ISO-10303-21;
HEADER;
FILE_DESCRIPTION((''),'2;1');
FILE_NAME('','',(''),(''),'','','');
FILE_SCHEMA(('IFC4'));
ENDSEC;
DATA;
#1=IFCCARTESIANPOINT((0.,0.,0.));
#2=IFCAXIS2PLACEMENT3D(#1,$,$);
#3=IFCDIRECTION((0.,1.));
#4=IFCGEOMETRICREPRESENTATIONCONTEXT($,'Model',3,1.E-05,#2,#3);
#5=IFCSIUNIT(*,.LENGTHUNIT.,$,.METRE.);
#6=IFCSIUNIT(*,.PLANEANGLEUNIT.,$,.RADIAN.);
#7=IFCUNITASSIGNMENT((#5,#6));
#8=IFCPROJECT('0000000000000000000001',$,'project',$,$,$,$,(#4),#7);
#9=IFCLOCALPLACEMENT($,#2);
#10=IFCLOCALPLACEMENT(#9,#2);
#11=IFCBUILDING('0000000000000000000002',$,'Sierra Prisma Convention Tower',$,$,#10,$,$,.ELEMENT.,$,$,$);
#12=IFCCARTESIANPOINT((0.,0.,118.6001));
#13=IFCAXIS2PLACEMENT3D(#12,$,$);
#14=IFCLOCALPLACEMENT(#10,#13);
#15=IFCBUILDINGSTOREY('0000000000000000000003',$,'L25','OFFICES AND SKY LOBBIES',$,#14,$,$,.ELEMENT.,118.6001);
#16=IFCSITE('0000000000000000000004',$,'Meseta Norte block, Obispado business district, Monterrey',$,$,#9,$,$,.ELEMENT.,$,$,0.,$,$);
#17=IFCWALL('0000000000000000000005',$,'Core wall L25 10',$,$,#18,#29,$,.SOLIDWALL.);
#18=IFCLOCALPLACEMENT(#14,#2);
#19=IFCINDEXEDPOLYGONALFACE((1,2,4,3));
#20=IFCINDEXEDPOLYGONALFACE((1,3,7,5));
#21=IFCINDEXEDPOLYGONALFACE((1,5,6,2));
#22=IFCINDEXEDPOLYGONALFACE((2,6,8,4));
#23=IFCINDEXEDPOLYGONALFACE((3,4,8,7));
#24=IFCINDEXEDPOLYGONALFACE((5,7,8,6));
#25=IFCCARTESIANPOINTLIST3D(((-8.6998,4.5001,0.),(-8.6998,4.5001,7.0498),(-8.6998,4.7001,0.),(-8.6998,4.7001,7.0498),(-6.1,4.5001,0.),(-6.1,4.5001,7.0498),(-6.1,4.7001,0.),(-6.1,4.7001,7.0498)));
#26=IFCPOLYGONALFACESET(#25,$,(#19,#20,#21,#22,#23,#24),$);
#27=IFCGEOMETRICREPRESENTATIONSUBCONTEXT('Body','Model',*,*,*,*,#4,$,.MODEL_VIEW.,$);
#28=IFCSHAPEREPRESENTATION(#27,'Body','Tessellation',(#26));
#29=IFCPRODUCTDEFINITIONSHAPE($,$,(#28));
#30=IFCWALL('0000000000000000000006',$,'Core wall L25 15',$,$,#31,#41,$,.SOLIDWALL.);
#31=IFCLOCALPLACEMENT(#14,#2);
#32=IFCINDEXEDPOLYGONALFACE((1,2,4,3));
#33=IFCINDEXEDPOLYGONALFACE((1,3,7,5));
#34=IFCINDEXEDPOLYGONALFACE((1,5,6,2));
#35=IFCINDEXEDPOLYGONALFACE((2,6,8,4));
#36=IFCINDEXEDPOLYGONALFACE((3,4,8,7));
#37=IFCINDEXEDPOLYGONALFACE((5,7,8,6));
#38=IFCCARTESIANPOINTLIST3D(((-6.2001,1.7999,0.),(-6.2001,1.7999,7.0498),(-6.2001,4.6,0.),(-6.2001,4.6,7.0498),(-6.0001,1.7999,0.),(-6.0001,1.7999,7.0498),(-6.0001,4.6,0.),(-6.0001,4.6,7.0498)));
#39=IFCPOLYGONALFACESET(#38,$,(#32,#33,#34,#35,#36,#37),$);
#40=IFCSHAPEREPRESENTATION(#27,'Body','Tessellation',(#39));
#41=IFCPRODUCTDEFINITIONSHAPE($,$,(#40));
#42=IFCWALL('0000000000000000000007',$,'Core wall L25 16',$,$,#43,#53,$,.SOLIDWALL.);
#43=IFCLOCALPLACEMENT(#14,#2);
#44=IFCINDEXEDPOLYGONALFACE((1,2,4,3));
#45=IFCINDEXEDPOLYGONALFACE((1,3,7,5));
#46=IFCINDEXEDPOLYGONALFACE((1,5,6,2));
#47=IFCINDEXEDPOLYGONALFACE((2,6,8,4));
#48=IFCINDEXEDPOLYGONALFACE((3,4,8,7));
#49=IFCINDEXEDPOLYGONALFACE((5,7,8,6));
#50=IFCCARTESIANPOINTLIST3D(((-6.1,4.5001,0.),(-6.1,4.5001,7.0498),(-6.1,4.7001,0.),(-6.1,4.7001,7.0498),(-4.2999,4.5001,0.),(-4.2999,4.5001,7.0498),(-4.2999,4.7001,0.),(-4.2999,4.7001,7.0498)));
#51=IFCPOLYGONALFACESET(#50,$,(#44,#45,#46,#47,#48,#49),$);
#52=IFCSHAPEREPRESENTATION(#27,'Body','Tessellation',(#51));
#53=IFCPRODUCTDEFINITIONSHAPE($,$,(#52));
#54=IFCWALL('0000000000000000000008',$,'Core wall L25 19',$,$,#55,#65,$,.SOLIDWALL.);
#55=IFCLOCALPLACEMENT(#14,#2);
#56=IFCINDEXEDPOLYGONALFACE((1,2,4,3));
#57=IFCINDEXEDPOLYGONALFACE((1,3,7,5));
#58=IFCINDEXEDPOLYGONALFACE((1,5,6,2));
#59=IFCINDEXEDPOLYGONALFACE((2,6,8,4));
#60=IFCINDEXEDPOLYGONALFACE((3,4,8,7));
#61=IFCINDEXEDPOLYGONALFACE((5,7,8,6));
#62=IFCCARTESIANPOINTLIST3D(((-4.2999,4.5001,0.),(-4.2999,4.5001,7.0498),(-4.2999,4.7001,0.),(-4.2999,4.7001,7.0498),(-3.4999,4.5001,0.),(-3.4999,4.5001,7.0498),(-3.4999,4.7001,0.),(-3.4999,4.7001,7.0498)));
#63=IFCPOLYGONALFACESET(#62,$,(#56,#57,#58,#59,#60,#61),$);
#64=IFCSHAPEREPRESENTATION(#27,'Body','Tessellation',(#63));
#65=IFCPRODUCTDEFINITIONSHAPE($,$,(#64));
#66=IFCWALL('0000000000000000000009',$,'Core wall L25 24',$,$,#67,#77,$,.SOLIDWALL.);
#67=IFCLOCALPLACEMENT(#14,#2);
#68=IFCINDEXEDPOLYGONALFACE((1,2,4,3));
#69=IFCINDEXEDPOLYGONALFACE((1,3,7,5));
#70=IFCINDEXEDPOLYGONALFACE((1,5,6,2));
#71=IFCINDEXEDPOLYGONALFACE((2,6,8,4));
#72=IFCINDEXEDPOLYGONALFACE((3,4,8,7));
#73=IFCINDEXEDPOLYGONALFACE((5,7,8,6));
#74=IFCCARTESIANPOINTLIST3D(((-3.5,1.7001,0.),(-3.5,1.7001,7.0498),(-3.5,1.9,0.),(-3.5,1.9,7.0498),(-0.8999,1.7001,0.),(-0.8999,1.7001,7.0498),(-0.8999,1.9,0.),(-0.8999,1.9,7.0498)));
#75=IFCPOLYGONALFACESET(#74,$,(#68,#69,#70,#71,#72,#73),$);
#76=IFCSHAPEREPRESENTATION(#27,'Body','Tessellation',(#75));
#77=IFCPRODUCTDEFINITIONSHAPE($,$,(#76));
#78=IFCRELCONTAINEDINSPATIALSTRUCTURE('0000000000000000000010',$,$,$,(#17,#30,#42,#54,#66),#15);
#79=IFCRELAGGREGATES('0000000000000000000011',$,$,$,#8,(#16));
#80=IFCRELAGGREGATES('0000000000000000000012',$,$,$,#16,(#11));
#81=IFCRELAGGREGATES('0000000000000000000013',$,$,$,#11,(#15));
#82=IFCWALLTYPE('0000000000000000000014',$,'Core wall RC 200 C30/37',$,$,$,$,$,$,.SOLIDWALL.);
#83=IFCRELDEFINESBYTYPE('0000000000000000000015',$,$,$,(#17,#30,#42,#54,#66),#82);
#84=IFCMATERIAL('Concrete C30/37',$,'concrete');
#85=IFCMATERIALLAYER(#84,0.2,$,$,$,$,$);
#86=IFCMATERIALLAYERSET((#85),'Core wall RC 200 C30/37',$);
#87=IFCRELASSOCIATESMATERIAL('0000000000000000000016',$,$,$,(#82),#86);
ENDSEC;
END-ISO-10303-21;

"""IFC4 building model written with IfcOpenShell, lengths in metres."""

from ifc_helpers import new_model, si_unit, direction, frame, frame_2d, origin, place, context, subcontext, project, spatial, rectangle, extrude, material, layer, layer_set, type_object, element, save


model = new_model("IFC4")

# Units and contexts
model_context = context("Model", 3, precision=1e-05, world=origin(), true_north=direction((0.0, 1.0)))
body_context = subcontext(model_context, "Body", "Model", "MODEL_VIEW")
ifc_project = project(units=[si_unit("LENGTHUNIT", "METRE"), si_unit("PLANEANGLEUNIT", "RADIAN")], contexts=[model_context])

# Site, building, storey
site_placement = place(None, origin())
site = spatial("IfcSite", under=ifc_project, at=site_placement, Name="Meseta Norte block, Obispado business district, Monterrey", CompositionType="ELEMENT", RefElevation=0.0)
building_placement = place(site_placement, origin())
building = spatial("IfcBuilding", under=site, at=building_placement, Name="Sierra Prisma Convention Tower", CompositionType="ELEMENT")
storey_placement = place(building_placement, frame((0.0, 0.0, 118.6001)))
storey = spatial("IfcBuildingStorey", under=building, at=storey_placement, Name="L25", Description="OFFICES AND SKY LOBBIES", CompositionType="ELEMENT", Elevation=118.6001)

# Shared definitions
ifc_material_1 = material(Name="Concrete C30/37", Category="concrete")
ifc_layer = layer(ifc_material_1, 0.2)
ifc_layer_set = layer_set([ifc_layer], Name="Core wall RC 200 C30/37")
wall_type = type_object("IfcWallType", Name="Core wall RC 200 C30/37", PredefinedType="SOLIDWALL", material=ifc_layer_set)

# Wall
wall_1_placement = place(storey_placement, frame((-6.1001, 4.6001, 0.0), z_axis=(0.0, 0.0, 1.0), x_axis=(-1.0, 0.0, 0.0)))
element("IfcWall", 1, at=wall_1_placement, inside=storey, type_object=wall_type, Name="Core wall L25 10", PredefinedType="SOLIDWALL", context=body_context, shape_type="SweptSolid", body=[
    extrude(rectangle(XDim=2.5999, YDim=0.2, at=frame_2d((1.2998, 0.0))), origin(), (0.0, 0.0, 1.0), 7.0498),
])

# Walls
wall_2_placement = place(storey_placement, frame((-6.1001, 1.8, 0.0), z_axis=(0.0, 0.0, 1.0), x_axis=(0.0, 1.0, 0.0)))
element("IfcWall", 2, at=wall_2_placement, inside=storey, type_object=wall_type, Name="Core wall L25 15", PredefinedType="SOLIDWALL", context=body_context, shape_type="SweptSolid", body=[
    extrude(rectangle(XDim=2.8, YDim=0.2, at=frame_2d((1.3999, 0.0))), origin(), (0.0, 0.0, 1.0), 7.0498),
])
wall_3_placement = place(storey_placement, frame((-4.3, 4.6001, 0.0), z_axis=(0.0, 0.0, 1.0), x_axis=(-1.0, 0.0, 0.0)))
element("IfcWall", 3, at=wall_3_placement, inside=storey, type_object=wall_type, Name="Core wall L25 16", PredefinedType="SOLIDWALL", context=body_context, shape_type="SweptSolid", body=[
    extrude(rectangle(XDim=1.8, YDim=0.2, at=frame_2d((0.8999, 0.0))), origin(), (0.0, 0.0, 1.0), 7.0498),
])
wall_4_placement = place(storey_placement, frame((-3.5, 4.6001, 0.0), z_axis=(0.0, 0.0, 1.0), x_axis=(-1.0, 0.0, 0.0)))
element("IfcWall", 4, at=wall_4_placement, inside=storey, type_object=wall_type, Name="Core wall L25 19", PredefinedType="SOLIDWALL", context=body_context, shape_type="SweptSolid", body=[
    extrude(rectangle(XDim=0.8, YDim=0.2, at=frame_2d((0.3999, 0.0))), origin(), (0.0, 0.0, 1.0), 7.0498),
])

# Wall
wall_5_placement = place(storey_placement, frame((-0.8999, 1.8, 0.0), z_axis=(0.0, 0.0, 1.0), x_axis=(-1.0, 0.0, 0.0)))
element("IfcWall", 5, at=wall_5_placement, inside=storey, type_object=wall_type, Name="Core wall L25 24", PredefinedType="SOLIDWALL", context=body_context, shape_type="SweptSolid", body=[
    extrude(rectangle(XDim=2.6001, YDim=0.2, at=frame_2d((1.3, 0.0))), origin(), (0.0, 0.0, 1.0), 7.0498),
])

save(model, "model.ifc")
